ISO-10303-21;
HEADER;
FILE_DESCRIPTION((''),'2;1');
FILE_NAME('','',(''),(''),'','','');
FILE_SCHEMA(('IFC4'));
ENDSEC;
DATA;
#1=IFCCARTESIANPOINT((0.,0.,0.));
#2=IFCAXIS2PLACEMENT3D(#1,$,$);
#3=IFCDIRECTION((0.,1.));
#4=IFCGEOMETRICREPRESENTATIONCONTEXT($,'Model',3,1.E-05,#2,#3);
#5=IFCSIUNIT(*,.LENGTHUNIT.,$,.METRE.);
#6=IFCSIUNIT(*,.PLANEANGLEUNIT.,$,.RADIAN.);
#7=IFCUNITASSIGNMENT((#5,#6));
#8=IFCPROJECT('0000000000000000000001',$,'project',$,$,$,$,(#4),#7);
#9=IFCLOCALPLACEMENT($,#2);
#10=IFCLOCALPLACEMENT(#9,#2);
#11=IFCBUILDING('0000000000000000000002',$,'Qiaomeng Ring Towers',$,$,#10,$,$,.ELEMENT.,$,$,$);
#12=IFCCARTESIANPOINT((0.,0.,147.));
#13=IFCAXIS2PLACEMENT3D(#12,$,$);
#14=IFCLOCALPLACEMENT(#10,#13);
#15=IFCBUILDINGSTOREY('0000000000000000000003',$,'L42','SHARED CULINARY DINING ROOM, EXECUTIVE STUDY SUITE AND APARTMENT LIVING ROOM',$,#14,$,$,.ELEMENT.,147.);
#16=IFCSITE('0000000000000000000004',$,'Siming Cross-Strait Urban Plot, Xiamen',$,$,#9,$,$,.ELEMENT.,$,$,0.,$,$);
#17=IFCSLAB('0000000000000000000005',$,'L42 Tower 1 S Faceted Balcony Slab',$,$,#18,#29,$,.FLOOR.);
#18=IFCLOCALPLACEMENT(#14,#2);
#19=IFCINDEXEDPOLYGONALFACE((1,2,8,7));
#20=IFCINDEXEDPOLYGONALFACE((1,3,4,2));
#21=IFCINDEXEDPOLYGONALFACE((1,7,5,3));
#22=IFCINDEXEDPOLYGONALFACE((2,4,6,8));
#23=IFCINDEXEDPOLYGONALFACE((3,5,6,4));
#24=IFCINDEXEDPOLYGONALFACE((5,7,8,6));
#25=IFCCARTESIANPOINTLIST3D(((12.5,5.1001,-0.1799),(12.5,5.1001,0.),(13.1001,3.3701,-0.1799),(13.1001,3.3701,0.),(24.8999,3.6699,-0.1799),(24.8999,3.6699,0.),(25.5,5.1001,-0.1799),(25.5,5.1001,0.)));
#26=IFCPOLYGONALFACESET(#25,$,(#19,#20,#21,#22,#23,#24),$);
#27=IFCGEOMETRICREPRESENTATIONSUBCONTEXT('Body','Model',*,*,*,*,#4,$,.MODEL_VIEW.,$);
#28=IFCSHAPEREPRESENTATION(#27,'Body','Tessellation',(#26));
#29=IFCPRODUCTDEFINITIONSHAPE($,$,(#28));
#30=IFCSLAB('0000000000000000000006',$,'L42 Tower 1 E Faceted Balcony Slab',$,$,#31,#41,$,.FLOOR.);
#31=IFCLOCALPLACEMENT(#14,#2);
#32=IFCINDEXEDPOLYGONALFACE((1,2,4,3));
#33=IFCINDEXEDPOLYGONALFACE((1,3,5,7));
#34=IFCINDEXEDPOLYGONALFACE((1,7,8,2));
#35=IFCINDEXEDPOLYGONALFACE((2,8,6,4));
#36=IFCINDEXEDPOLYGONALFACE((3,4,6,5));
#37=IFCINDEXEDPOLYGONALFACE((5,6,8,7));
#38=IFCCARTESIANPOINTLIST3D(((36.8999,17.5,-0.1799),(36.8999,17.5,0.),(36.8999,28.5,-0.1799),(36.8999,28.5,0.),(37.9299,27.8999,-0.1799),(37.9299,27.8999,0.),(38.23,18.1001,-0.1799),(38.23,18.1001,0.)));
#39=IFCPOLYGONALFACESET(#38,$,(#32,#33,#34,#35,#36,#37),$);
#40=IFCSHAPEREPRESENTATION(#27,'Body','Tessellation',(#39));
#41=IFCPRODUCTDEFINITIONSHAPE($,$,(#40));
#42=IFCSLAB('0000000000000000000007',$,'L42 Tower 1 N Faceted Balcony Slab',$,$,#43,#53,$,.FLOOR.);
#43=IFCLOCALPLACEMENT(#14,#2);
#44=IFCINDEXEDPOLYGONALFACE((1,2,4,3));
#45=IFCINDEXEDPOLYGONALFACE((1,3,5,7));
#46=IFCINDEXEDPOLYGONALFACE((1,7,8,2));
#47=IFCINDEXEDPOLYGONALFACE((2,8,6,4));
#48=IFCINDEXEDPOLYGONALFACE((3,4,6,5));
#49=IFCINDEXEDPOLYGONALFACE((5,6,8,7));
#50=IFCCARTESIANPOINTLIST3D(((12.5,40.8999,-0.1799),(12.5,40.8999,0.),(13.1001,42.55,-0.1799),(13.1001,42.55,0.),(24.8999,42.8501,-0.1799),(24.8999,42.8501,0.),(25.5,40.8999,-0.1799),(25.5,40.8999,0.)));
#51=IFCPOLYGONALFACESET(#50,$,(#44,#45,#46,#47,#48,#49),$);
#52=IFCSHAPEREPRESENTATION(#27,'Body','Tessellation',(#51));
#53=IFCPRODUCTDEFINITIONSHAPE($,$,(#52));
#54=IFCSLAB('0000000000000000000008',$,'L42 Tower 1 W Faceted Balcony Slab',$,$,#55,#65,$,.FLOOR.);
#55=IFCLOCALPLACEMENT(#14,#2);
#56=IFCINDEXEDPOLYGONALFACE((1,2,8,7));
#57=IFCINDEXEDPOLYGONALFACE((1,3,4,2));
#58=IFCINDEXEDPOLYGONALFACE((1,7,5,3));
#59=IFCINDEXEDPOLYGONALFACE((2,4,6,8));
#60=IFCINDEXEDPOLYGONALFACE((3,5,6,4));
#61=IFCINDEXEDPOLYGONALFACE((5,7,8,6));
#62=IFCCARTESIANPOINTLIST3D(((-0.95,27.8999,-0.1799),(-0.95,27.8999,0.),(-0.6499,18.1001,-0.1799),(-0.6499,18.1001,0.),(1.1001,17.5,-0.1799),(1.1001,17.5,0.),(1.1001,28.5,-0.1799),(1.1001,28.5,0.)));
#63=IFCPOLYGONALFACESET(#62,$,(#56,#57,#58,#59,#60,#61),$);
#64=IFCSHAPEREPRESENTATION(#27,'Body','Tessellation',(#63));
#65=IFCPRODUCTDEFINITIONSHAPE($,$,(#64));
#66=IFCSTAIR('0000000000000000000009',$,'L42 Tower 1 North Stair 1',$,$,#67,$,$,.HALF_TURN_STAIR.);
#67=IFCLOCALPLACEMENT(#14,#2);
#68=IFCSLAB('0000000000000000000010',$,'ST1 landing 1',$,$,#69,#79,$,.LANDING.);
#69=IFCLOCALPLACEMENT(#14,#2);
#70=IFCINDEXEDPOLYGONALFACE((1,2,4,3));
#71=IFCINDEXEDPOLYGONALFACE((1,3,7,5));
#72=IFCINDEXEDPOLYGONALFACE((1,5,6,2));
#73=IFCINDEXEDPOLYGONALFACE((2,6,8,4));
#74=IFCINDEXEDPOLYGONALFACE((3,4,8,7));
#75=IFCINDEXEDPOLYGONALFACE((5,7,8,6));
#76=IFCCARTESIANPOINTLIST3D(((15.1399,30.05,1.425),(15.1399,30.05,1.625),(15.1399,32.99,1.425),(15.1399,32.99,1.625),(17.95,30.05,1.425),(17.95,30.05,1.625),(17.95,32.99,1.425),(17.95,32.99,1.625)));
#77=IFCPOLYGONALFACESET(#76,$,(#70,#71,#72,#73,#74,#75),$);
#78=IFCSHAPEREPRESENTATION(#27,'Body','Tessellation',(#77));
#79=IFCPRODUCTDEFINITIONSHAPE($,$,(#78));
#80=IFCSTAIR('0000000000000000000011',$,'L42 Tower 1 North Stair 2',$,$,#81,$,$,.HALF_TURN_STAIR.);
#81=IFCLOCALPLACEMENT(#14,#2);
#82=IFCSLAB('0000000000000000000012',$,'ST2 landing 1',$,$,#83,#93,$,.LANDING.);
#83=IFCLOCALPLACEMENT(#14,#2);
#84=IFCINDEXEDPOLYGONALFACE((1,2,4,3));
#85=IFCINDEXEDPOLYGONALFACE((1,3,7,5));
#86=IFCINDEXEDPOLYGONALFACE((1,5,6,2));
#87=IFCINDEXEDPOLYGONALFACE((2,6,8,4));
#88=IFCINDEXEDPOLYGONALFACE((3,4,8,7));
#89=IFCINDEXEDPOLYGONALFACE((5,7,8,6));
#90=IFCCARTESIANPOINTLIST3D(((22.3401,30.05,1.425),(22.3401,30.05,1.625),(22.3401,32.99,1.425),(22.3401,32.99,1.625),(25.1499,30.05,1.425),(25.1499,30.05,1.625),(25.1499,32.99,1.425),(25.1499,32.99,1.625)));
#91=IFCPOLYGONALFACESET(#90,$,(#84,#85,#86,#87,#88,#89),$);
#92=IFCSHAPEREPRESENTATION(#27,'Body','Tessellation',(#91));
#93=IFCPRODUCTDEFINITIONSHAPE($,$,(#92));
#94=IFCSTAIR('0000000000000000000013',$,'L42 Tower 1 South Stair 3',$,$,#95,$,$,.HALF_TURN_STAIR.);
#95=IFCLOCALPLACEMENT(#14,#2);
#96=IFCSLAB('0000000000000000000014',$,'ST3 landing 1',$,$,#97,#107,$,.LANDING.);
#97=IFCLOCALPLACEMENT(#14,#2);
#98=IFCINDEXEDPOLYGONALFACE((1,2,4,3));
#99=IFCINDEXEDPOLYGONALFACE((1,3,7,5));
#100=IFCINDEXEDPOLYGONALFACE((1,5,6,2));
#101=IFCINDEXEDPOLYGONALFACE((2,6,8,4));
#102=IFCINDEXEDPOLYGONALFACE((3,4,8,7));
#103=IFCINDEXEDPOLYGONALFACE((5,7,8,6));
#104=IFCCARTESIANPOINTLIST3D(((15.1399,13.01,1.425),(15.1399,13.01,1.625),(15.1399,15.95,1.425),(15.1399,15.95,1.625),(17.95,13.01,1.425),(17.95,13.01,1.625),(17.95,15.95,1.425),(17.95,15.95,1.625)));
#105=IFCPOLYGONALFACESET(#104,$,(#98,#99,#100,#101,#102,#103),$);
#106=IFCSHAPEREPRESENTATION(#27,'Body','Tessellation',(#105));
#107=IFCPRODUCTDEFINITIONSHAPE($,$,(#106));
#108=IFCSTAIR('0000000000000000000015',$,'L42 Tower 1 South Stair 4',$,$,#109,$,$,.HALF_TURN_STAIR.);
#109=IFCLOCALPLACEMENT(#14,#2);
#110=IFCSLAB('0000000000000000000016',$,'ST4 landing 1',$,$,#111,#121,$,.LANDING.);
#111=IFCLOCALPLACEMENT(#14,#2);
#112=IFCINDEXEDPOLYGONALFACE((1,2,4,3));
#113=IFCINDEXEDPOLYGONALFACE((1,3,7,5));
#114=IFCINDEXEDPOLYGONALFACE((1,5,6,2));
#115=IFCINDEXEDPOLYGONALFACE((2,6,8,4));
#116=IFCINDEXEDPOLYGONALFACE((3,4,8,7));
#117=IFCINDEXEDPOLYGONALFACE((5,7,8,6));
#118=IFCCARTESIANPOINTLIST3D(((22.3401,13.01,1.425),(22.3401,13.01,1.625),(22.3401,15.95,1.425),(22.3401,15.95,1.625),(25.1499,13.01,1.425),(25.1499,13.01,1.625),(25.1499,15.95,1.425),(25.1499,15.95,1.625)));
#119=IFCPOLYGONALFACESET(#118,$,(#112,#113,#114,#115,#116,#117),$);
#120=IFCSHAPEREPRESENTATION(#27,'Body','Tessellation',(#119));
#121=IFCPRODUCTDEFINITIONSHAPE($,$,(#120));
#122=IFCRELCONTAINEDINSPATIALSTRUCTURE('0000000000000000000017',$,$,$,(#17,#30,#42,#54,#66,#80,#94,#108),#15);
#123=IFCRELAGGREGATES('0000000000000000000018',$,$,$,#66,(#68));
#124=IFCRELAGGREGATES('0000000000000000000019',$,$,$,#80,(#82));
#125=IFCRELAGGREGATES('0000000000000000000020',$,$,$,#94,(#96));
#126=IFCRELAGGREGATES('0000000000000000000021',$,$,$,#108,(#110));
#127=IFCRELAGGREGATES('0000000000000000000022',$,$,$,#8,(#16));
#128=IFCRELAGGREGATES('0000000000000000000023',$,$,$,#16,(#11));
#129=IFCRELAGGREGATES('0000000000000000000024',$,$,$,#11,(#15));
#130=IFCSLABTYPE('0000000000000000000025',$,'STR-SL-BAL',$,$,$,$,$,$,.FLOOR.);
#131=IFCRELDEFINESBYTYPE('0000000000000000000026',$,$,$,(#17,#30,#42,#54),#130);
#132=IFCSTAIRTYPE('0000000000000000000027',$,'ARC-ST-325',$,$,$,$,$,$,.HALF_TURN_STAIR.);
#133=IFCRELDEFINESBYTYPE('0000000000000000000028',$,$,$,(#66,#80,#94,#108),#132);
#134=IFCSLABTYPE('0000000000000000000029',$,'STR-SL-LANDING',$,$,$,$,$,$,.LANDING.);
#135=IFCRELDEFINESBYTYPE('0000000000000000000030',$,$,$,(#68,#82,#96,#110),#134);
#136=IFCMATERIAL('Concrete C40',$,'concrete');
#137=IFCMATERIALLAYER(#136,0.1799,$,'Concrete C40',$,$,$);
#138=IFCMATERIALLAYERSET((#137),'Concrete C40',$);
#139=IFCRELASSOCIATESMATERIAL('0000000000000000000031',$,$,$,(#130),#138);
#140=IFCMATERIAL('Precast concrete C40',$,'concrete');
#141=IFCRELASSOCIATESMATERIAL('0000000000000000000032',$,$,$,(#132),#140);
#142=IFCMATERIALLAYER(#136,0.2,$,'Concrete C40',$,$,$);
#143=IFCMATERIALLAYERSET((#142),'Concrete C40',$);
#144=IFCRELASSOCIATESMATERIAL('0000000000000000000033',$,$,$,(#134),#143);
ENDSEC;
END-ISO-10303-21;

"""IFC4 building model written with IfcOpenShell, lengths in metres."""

from ifc_helpers import new_model, si_unit, direction, frame, origin, place, context, subcontext, project, spatial, polyline, outline, extrude, material, layer, layer_set, type_object, element, aggregate, save


model = new_model("IFC4")

# Units and contexts
model_context = context("Model", 3, precision=1e-05, world=origin(), true_north=direction((0.0, 1.0)))
body_context = subcontext(model_context, "Body", "Model", "MODEL_VIEW")
ifc_project = project(units=[si_unit("LENGTHUNIT", "METRE"), si_unit("PLANEANGLEUNIT", "RADIAN")], contexts=[model_context])

# Site, building, storey
site_placement = place(None, origin())
site = spatial("IfcSite", under=ifc_project, at=site_placement, Name="Siming Cross-Strait Urban Plot, Xiamen", CompositionType="ELEMENT", RefElevation=0.0)
building_placement = place(site_placement, origin())
building = spatial("IfcBuilding", under=site, at=building_placement, Name="Qiaomeng Ring Towers", CompositionType="ELEMENT")
storey_placement = place(building_placement, frame((0.0, 0.0, 147.0)))
storey = spatial("IfcBuildingStorey", under=building, at=storey_placement, Name="L42", Description="SHARED CULINARY DINING ROOM, EXECUTIVE STUDY SUITE AND APARTMENT LIVING ROOM", CompositionType="ELEMENT", Elevation=147.0)

# Slabs
ifc_material_1 = material(Name="Concrete C40", Category="concrete")
ifc_layer_1 = layer(ifc_material_1, 0.1799, Name="Concrete C40")
ifc_layer_set_1 = layer_set([ifc_layer_1], Name="Concrete C40")
slab_type_1 = type_object("IfcSlabType", Name="STR-SL-BAL", PredefinedType="FLOOR", material=ifc_layer_set_1)
slab_1_placement = place(storey_placement, frame((0.0, 0.0, -0.1799)))
element("IfcSlab", 1, at=slab_1_placement, inside=storey, type_object=slab_type_1, Name="L42 Tower 1 S Faceted Balcony Slab", PredefinedType="FLOOR", context=body_context, shape_type="SweptSolid", body=[
    extrude(outline(polyline([(24.8999, 3.6699), (13.1001, 3.3701), (12.5, 5.1001), (25.5, 5.1001), (24.8999, 3.6699)])), origin(), (0.0, 0.0, 1.0), 0.1799),
])
slab_2_placement = place(storey_placement, frame((0.0, 0.0, -0.1799)))
element("IfcSlab", 2, at=slab_2_placement, inside=storey, type_object=slab_type_1, Name="L42 Tower 1 E Faceted Balcony Slab", PredefinedType="FLOOR", context=body_context, shape_type="SweptSolid", body=[
    extrude(outline(polyline([(37.9299, 27.8999), (38.23, 18.1001), (36.8999, 17.5), (36.8999, 28.5), (37.9299, 27.8999)])), origin(), (0.0, 0.0, 1.0), 0.1799),
])
slab_3_placement = place(storey_placement, frame((0.0, 0.0, -0.1799)))
element("IfcSlab", 3, at=slab_3_placement, inside=storey, type_object=slab_type_1, Name="L42 Tower 1 N Faceted Balcony Slab", PredefinedType="FLOOR", context=body_context, shape_type="SweptSolid", body=[
    extrude(outline(polyline([(12.5, 40.8999), (13.1001, 42.55), (24.8999, 42.8501), (25.5, 40.8999), (12.5, 40.8999)])), origin(), (0.0, 0.0, 1.0), 0.1799),
])
slab_4_placement = place(storey_placement, frame((0.0, 0.0, -0.1799)))
element("IfcSlab", 4, at=slab_4_placement, inside=storey, type_object=slab_type_1, Name="L42 Tower 1 W Faceted Balcony Slab", PredefinedType="FLOOR", context=body_context, shape_type="SweptSolid", body=[
    extrude(outline(polyline([(-0.6499, 18.1001), (-0.95, 27.8999), (1.1001, 28.5), (1.1001, 17.5), (-0.6499, 18.1001)])), origin(), (0.0, 0.0, 1.0), 0.1799),
])

# Stairs, slabs
ifc_material_2 = material(Name="Precast concrete C40", Category="concrete")
stair_type = type_object("IfcStairType", Name="ARC-ST-325", PredefinedType="HALF_TURN_STAIR", material=ifc_material_2)
stair_1_placement = place(storey_placement, origin())
stair_1 = element("IfcStair", 5, at=stair_1_placement, inside=storey, type_object=stair_type, Name="L42 Tower 1 North Stair 1", PredefinedType="HALF_TURN_STAIR")
ifc_layer_2 = layer(ifc_material_1, 0.2, Name="Concrete C40")
ifc_layer_set_2 = layer_set([ifc_layer_2], Name="Concrete C40")
slab_type_2 = type_object("IfcSlabType", Name="STR-SL-LANDING", PredefinedType="LANDING", material=ifc_layer_set_2)
slab_5_placement = place(storey_placement, frame((0.0, 0.0, 1.425)))
slab_5 = element("IfcSlab", 6, at=slab_5_placement, type_object=slab_type_2, Name="ST1 landing 1", PredefinedType="LANDING", context=body_context, shape_type="SweptSolid", body=[
    extrude(outline(polyline([(15.1399, 30.05), (17.95, 30.05), (17.95, 32.99), (15.1399, 32.99), (15.1399, 30.05)])), origin(), (0.0, 0.0, 1.0), 0.2),
])
aggregate(stair_1, [slab_5])
stair_2_placement = place(storey_placement, origin())
stair_2 = element("IfcStair", 7, at=stair_2_placement, inside=storey, type_object=stair_type, Name="L42 Tower 1 North Stair 2", PredefinedType="HALF_TURN_STAIR")
slab_6_placement = place(storey_placement, frame((0.0, 0.0, 1.425)))
slab_6 = element("IfcSlab", 8, at=slab_6_placement, type_object=slab_type_2, Name="ST2 landing 1", PredefinedType="LANDING", context=body_context, shape_type="SweptSolid", body=[
    extrude(outline(polyline([(22.3401, 30.05), (25.1499, 30.05), (25.1499, 32.99), (22.3401, 32.99), (22.3401, 30.05)])), origin(), (0.0, 0.0, 1.0), 0.2),
])
aggregate(stair_2, [slab_6])
stair_3_placement = place(storey_placement, origin())
stair_3 = element("IfcStair", 9, at=stair_3_placement, inside=storey, type_object=stair_type, Name="L42 Tower 1 South Stair 3", PredefinedType="HALF_TURN_STAIR")
slab_7_placement = place(storey_placement, frame((0.0, 0.0, 1.425)))
slab_7 = element("IfcSlab", 10, at=slab_7_placement, type_object=slab_type_2, Name="ST3 landing 1", PredefinedType="LANDING", context=body_context, shape_type="SweptSolid", body=[
    extrude(outline(polyline([(15.1399, 13.01), (17.95, 13.01), (17.95, 15.95), (15.1399, 15.95), (15.1399, 13.01)])), origin(), (0.0, 0.0, 1.0), 0.2),
])
aggregate(stair_3, [slab_7])
stair_4_placement = place(storey_placement, origin())
stair_4 = element("IfcStair", 11, at=stair_4_placement, inside=storey, type_object=stair_type, Name="L42 Tower 1 South Stair 4", PredefinedType="HALF_TURN_STAIR")
slab_8_placement = place(storey_placement, frame((0.0, 0.0, 1.425)))
slab_8 = element("IfcSlab", 12, at=slab_8_placement, type_object=slab_type_2, Name="ST4 landing 1", PredefinedType="LANDING", context=body_context, shape_type="SweptSolid", body=[
    extrude(outline(polyline([(22.3401, 13.01), (25.1499, 13.01), (25.1499, 15.95), (22.3401, 15.95), (22.3401, 13.01)])), origin(), (0.0, 0.0, 1.0), 0.2),
])
aggregate(stair_4, [slab_8])

save(model, "model.ifc")
